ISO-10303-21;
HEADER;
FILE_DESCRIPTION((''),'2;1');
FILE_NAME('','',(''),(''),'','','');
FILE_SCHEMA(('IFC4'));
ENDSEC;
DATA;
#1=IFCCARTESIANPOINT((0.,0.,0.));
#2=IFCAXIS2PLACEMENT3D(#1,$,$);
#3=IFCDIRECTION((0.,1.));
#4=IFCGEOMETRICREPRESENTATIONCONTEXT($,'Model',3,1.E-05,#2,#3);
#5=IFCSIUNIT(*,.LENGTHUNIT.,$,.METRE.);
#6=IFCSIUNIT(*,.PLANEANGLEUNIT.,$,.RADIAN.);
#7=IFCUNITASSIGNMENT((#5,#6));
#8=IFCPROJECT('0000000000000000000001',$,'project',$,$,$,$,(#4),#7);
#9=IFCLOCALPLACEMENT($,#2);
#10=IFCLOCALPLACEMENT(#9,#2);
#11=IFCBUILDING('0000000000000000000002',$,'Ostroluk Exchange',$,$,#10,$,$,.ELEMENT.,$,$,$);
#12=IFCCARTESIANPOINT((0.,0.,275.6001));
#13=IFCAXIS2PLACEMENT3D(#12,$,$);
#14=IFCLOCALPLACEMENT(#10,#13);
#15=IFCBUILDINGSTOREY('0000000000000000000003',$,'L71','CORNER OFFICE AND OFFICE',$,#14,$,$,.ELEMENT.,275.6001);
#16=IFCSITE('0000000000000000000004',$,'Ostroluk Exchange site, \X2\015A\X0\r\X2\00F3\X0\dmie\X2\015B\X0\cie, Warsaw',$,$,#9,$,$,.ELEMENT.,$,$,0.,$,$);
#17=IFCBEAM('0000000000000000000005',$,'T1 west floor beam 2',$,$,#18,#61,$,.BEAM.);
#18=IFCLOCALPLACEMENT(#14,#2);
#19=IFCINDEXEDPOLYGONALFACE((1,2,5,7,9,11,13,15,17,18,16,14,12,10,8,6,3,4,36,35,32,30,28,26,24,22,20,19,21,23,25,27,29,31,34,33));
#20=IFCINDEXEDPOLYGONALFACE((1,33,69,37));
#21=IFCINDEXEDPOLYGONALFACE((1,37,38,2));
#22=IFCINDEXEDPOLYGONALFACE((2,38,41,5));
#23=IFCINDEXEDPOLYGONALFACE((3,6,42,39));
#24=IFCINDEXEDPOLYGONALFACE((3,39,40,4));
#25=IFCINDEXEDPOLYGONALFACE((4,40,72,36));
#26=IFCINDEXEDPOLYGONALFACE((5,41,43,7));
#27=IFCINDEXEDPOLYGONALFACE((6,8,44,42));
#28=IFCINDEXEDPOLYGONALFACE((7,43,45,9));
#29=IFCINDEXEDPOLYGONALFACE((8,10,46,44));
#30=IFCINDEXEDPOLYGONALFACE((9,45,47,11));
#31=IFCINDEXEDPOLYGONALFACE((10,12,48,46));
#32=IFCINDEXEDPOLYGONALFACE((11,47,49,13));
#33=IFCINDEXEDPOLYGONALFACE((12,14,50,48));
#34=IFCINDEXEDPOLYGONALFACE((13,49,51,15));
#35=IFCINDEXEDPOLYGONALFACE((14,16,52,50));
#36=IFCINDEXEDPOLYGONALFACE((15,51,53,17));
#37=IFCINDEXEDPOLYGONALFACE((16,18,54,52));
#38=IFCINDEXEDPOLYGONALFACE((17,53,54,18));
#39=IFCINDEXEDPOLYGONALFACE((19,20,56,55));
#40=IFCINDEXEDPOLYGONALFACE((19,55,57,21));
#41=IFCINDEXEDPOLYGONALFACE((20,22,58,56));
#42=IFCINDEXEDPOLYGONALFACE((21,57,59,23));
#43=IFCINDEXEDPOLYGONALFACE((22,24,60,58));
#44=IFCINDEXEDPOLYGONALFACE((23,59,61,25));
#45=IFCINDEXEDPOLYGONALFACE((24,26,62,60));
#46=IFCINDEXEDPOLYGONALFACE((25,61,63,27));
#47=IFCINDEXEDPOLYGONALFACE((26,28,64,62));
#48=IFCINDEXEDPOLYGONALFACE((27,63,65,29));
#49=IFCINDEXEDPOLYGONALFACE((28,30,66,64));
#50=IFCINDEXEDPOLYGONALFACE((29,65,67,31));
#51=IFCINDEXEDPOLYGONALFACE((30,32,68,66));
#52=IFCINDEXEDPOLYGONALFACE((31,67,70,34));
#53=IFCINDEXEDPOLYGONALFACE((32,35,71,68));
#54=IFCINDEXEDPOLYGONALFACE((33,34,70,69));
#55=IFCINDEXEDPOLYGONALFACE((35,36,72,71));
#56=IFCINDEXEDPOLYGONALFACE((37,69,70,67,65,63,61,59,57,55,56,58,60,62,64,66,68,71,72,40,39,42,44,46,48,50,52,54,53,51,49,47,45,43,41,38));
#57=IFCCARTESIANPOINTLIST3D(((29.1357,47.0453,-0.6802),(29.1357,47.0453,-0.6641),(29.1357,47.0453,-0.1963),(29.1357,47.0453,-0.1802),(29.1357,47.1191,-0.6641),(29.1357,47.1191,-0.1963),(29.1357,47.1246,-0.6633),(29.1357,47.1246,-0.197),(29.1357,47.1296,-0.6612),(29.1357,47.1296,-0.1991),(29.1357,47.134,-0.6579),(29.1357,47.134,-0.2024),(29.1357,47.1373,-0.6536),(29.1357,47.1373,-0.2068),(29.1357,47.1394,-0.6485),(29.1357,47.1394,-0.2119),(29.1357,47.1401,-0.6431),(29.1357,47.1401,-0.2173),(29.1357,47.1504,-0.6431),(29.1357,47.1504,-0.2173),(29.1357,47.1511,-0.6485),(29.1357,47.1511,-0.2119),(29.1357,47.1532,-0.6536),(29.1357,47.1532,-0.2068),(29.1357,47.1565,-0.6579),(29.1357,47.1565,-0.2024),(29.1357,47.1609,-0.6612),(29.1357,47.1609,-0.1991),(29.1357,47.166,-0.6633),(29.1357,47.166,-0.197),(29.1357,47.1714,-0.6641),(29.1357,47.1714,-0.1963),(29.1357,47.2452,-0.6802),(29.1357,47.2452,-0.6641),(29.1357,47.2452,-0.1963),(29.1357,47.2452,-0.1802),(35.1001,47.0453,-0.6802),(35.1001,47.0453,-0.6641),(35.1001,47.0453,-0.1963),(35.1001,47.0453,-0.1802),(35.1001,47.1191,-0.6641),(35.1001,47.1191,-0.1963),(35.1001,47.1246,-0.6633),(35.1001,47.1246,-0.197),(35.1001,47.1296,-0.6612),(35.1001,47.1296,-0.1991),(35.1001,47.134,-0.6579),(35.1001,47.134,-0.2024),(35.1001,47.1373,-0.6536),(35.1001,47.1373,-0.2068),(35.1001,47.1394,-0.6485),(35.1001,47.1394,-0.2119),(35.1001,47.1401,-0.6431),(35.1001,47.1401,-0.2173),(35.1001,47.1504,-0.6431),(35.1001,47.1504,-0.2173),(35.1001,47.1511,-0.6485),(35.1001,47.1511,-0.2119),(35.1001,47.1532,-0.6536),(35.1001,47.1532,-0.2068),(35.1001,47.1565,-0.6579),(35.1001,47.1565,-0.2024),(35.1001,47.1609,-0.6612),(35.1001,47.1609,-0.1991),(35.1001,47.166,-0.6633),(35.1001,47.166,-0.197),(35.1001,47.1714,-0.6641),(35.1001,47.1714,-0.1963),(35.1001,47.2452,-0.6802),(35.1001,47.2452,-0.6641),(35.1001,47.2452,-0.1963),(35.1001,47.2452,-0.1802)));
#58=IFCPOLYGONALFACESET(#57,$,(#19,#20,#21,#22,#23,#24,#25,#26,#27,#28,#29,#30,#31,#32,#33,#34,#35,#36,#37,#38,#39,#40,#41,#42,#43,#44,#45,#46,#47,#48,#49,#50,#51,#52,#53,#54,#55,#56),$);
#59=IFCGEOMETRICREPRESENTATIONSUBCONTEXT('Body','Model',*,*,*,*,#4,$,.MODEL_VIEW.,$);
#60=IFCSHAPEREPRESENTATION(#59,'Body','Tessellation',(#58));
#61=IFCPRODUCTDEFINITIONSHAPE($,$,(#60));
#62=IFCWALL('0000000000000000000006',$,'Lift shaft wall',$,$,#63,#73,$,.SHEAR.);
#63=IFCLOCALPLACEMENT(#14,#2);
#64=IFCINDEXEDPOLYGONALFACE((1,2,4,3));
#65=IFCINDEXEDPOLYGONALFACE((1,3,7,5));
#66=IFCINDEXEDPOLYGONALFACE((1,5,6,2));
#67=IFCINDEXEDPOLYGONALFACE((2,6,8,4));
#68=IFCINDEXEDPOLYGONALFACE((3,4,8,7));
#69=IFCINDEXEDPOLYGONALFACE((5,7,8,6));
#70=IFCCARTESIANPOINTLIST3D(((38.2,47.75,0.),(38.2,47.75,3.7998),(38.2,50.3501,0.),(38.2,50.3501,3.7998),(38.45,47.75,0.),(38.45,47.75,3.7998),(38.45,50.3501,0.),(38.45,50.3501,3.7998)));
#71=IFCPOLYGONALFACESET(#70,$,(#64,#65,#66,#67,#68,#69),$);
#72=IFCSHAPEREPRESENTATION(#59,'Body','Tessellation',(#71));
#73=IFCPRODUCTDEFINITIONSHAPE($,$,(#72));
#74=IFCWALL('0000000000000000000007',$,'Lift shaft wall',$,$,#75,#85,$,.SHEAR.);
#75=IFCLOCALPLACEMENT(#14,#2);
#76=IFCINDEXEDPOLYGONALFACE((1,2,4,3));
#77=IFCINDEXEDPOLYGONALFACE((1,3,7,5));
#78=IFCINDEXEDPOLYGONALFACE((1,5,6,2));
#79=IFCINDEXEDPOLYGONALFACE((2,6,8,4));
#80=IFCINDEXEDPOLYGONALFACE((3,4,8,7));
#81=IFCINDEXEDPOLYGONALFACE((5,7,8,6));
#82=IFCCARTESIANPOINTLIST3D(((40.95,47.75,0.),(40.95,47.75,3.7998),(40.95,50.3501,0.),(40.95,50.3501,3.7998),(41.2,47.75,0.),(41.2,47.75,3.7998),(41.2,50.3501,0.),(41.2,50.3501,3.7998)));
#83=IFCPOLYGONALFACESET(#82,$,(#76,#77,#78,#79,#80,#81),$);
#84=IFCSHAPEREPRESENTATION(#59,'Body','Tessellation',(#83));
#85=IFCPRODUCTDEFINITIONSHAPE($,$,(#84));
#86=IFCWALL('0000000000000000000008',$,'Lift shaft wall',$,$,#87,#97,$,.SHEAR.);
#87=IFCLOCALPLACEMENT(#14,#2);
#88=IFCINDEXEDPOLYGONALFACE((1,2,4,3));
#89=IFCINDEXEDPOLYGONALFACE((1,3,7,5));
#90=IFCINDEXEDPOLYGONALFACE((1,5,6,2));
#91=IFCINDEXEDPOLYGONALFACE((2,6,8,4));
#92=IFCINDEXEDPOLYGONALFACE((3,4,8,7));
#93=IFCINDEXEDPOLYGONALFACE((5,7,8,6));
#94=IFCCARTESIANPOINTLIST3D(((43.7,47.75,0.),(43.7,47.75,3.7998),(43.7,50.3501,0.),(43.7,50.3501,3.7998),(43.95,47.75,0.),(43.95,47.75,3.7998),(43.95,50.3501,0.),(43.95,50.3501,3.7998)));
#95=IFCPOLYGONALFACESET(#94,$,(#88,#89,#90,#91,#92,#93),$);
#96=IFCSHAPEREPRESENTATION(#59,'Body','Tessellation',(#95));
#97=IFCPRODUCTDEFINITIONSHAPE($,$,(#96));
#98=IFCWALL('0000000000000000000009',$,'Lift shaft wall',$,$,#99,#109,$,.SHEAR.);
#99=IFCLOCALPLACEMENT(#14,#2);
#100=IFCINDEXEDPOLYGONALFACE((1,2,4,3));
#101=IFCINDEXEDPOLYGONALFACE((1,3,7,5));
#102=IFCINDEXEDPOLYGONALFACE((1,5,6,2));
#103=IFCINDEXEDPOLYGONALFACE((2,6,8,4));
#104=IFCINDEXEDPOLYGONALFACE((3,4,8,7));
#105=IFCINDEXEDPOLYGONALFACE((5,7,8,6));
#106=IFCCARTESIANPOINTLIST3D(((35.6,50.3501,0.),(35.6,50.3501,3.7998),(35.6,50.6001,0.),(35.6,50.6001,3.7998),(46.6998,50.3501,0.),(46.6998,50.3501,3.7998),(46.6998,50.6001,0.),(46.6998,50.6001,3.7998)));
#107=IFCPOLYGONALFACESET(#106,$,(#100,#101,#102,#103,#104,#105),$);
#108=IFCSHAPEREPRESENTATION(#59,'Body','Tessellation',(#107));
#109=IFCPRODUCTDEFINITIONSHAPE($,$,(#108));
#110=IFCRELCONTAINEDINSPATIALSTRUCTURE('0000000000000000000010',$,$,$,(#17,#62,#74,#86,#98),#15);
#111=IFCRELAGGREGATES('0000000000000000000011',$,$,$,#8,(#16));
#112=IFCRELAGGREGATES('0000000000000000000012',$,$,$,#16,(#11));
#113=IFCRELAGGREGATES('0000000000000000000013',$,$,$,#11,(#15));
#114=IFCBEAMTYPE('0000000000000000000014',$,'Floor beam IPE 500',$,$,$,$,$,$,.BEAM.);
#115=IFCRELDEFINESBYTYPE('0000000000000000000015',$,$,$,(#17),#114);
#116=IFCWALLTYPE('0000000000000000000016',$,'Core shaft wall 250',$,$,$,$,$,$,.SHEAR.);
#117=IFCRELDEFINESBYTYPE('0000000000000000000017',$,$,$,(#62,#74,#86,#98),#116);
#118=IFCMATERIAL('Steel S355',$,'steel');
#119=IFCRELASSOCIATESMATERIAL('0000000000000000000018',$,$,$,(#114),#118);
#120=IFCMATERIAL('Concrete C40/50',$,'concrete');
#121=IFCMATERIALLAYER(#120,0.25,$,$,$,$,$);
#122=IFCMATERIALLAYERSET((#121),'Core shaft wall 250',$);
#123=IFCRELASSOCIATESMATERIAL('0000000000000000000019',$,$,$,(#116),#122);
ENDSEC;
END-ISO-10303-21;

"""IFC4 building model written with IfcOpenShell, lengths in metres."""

from ifc_helpers import new_model, si_unit, direction, frame, frame_2d, origin, origin_2d, place, context, subcontext, project, spatial, rectangle, i_section, extrude, material, layer, layer_set, material_profile, profile_set, type_object, element, save


model = new_model("IFC4")

# Units and contexts
model_context = context("Model", 3, precision=1e-05, world=origin(), true_north=direction((0.0, 1.0)))
body_context = subcontext(model_context, "Body", "Model", "MODEL_VIEW")
ifc_project = project(units=[si_unit("LENGTHUNIT", "METRE"), si_unit("PLANEANGLEUNIT", "RADIAN")], contexts=[model_context])

# Site, building, storey
site_placement = place(None, origin())
site = spatial("IfcSite", under=ifc_project, at=site_placement, Name="Ostroluk Exchange site, Śródmieście, Warsaw", CompositionType="ELEMENT", RefElevation=0.0)
building_placement = place(site_placement, origin())
building = spatial("IfcBuilding", under=site, at=building_placement, Name="Ostroluk Exchange", CompositionType="ELEMENT")
storey_placement = place(building_placement, frame((0.0, 0.0, 275.6001)))
storey = spatial("IfcBuildingStorey", under=building, at=storey_placement, Name="L71", Description="CORNER OFFICE AND OFFICE", CompositionType="ELEMENT", Elevation=275.6001)

# Beam
ifc_material_1 = material(Name="Steel S355", Category="steel")
ifc_material_profile = material_profile(ifc_material_1, i_section(OverallWidth=0.2, OverallDepth=0.5, WebThickness=0.0103, FlangeThickness=0.0161, FilletRadius=0.021, at=origin_2d()), Name="IPE 500")
ifc_profile_set = profile_set([ifc_material_profile], Name="Steel S355")
beam_type = type_object("IfcBeamType", Name="Floor beam IPE 500", PredefinedType="BEAM", material=ifc_profile_set)
beam_placement = place(storey_placement, frame((35.1001, 47.1453, -0.4302), z_axis=(-1.0, 0.0, 0.0), x_axis=(0.0, -1.0, 0.0)))
element("IfcBeam", 1, at=beam_placement, inside=storey, type_object=beam_type, Name="T1 west floor beam 2", PredefinedType="BEAM", context=body_context, shape_type="SweptSolid", body=[
    extrude(i_section(OverallWidth=0.2, OverallDepth=0.5, WebThickness=0.0103, FlangeThickness=0.0161, FilletRadius=0.021, at=origin_2d()), origin(), (0.0, 0.0, 1.0), 5.9644),
])

# Walls
ifc_material_2 = material(Name="Concrete C40/50", Category="concrete")
ifc_layer = layer(ifc_material_2, 0.25)
ifc_layer_set = layer_set([ifc_layer], Name="Core shaft wall 250")
wall_type = type_object("IfcWallType", Name="Core shaft wall 250", PredefinedType="SHEAR", material=ifc_layer_set)
for number, where, z_axis, x_axis, name in (
    (2, (38.325, 47.75, 0.0), (0.0, 0.0, 1.0), (0.0, 1.0, 0.0), "Lift shaft wall"),
    (3, (41.075, 47.75, 0.0), (0.0, 0.0, 1.0), (0.0, 1.0, 0.0), "Lift shaft wall"),
    (4, (43.825, 47.75, 0.0), (0.0, 0.0, 1.0), (0.0, 1.0, 0.0), "Lift shaft wall"),
):
    element("IfcWall", number, at=place(storey_placement, frame(where, z_axis=z_axis, x_axis=x_axis)), inside=storey, type_object=wall_type, Name=name, PredefinedType="SHEAR", context=body_context, shape_type="SweptSolid", body=[
        extrude(rectangle(XDim=2.6001, YDim=0.25, at=frame_2d((1.3, 0.0))), origin(), (0.0, 0.0, 1.0), 3.7998),
    ])
wall_1_placement = place(storey_placement, frame((35.6001, 50.4751, 0.0), z_axis=(0.0, 0.0, 1.0), x_axis=(1.0, 0.0, 0.0)))
element("IfcWall", 5, at=wall_1_placement, inside=storey, type_object=wall_type, Name="Lift shaft wall", PredefinedType="SHEAR", context=body_context, shape_type="SweptSolid", body=[
    extrude(rectangle(XDim=11.0999, YDim=0.25, at=frame_2d((5.5498, 0.0))), origin(), (0.0, 0.0, 1.0), 3.7998),
])

save(model, "model.ifc")
